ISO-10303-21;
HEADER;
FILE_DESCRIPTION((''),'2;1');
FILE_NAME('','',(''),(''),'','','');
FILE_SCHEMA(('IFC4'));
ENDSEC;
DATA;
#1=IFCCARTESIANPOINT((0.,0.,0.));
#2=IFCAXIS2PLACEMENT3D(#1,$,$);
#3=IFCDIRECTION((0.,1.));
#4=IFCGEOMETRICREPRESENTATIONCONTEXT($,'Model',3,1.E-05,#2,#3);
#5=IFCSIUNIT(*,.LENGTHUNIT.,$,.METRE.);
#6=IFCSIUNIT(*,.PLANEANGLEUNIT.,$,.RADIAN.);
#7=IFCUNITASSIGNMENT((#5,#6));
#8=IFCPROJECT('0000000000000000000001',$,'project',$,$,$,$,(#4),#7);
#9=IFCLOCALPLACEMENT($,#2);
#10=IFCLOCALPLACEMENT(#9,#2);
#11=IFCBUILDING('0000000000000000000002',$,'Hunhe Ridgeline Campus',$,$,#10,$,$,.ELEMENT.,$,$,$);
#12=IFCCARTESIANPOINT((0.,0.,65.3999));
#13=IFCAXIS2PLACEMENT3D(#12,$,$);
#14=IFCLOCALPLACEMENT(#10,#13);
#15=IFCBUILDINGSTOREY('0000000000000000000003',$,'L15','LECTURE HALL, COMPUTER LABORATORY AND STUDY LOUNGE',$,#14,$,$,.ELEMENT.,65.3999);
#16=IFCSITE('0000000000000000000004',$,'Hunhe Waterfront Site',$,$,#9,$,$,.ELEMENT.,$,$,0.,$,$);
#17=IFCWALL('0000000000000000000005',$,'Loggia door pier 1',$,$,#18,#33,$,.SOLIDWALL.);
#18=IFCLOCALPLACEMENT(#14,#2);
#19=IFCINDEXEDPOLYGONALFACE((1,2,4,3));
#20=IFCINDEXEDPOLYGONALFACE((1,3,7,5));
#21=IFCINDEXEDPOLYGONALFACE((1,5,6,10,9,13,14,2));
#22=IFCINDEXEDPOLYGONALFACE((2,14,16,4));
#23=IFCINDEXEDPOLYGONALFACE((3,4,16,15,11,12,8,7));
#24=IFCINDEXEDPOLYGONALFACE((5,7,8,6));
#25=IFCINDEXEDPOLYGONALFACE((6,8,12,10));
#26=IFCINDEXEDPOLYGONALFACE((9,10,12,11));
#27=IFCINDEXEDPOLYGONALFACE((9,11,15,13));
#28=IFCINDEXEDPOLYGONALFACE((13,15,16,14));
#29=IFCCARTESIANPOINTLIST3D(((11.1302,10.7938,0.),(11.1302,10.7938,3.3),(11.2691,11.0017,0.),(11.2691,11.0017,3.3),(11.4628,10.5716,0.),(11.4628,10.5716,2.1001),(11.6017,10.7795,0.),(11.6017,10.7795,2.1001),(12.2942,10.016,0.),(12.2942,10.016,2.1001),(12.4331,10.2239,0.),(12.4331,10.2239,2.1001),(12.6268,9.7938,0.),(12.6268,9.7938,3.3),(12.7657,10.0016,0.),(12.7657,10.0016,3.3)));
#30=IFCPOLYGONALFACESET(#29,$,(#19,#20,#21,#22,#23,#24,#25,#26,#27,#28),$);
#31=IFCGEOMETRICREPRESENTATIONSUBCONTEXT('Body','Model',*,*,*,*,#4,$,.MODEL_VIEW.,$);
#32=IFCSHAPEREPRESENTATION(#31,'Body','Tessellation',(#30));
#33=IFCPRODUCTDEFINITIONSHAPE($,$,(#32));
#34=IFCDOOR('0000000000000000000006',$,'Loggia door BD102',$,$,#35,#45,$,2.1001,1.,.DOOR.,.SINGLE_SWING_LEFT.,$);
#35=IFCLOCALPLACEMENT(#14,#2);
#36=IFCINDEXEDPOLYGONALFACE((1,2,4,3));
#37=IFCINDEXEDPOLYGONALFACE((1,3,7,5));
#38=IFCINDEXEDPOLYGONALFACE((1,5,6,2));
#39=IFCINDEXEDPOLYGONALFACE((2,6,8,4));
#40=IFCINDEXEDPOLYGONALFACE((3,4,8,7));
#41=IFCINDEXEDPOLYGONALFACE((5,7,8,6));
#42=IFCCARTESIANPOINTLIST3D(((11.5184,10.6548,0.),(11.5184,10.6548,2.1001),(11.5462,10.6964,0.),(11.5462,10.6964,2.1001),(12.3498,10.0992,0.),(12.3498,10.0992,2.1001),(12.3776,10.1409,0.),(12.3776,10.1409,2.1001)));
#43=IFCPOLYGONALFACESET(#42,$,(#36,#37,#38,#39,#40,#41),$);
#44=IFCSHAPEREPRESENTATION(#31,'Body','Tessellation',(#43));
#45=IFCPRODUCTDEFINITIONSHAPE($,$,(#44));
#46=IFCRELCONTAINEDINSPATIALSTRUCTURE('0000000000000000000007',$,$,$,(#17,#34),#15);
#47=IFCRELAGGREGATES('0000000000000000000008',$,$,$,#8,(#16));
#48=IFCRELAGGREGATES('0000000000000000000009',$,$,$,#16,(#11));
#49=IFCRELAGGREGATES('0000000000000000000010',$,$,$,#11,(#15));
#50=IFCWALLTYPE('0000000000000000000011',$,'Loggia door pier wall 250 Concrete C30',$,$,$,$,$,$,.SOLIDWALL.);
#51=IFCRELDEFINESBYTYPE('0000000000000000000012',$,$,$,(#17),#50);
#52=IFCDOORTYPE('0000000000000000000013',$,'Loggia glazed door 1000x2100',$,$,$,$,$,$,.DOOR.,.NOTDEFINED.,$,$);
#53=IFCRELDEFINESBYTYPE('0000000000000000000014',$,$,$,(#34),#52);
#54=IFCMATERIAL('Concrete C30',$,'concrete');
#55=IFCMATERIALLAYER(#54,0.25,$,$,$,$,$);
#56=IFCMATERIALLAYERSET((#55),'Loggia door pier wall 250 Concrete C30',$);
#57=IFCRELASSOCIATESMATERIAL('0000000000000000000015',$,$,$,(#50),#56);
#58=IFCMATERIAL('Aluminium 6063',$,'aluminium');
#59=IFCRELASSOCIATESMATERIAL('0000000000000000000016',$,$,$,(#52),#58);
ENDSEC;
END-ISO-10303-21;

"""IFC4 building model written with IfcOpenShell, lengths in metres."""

from ifc_helpers import new_model, si_unit, direction, frame, frame_2d, origin, place, context, subcontext, project, spatial, rectangle, extrude, material, layer, layer_set, type_object, element, fill, save


model = new_model("IFC4")

# Units and contexts
model_context = context("Model", 3, precision=1e-05, world=origin(), true_north=direction((0.0, 1.0)))
body_context = subcontext(model_context, "Body", "Model", "MODEL_VIEW")
ifc_project = project(units=[si_unit("LENGTHUNIT", "METRE"), si_unit("PLANEANGLEUNIT", "RADIAN")], contexts=[model_context])

# Site, building, storey
site_placement = place(None, origin())
site = spatial("IfcSite", under=ifc_project, at=site_placement, Name="Hunhe Waterfront Site", CompositionType="ELEMENT", RefElevation=0.0)
building_placement = place(site_placement, origin())
building = spatial("IfcBuilding", under=site, at=building_placement, Name="Hunhe Ridgeline Campus", CompositionType="ELEMENT")
storey_placement = place(building_placement, frame((0.0, 0.0, 65.3999)))
storey = spatial("IfcBuildingStorey", under=building, at=storey_placement, Name="L15", Description="LECTURE HALL, COMPUTER LABORATORY AND STUDY LOUNGE", CompositionType="ELEMENT", Elevation=65.3999)

# Shared definitions
ifc_material_1 = material(Name="Aluminium 6063", Category="aluminium")

# Wall, opening, door
ifc_material_2 = material(Name="Concrete C30", Category="concrete")
ifc_layer_1 = layer(ifc_material_2, 0.25)
ifc_layer_set_1 = layer_set([ifc_layer_1], Name="Loggia door pier wall 250 Concrete C30")
wall_type_1 = type_object("IfcWallType", Name="Loggia door pier wall 250 Concrete C30", PredefinedType="SOLIDWALL", material=ifc_layer_set_1)
wall_1_placement = place(storey_placement, frame((11.1997, 10.8977, 0.0), z_axis=(0.0, 0.0, 1.0), x_axis=(0.831466, -0.555576, 0.0)))
wall_1 = element("IfcWall", 1, at=wall_1_placement, inside=storey, type_object=wall_type_1, Name="Loggia door pier 1", PredefinedType="SOLIDWALL", context=body_context, shape_type="SweptSolid", body=[
    extrude(rectangle(XDim=1.8, YDim=0.25, at=frame_2d((0.8999, 0.0))), origin(), (0.0, 0.0, 1.0), 3.3),
])
opening_1_placement = place(wall_1_placement, frame((0.3999, 0.0, 0.0)))
opening_1 = element("IfcOpeningElement", 2, at=opening_1_placement, cuts=wall_1, PredefinedType="OPENING", context=body_context, shape_type="SweptSolid", body=[
    extrude(rectangle(XDim=1.0, YDim=2.1001, at=frame_2d((0.5, 1.05))), frame((0.0, 0.125, 0.0), z_axis=(0.0, -1.0, 0.0), x_axis=(1.0, 0.0, 0.0)), (0.0, 0.0, 1.0), 0.25),
])
door_type_1 = type_object("IfcDoorType", Name="Loggia glazed door 1000x2100", OperationType="NOTDEFINED", PredefinedType="DOOR", material=ifc_material_1)
door_1_placement = place(opening_1_placement, frame((1.0, 0.0, 0.0), z_axis=(0.0, 0.0, 1.0), x_axis=(-1.0, 0.0, 0.0)))
door_1 = element("IfcDoor", 3, at=door_1_placement, inside=storey, type_object=door_type_1, Name="Loggia door BD102", OperationType="SINGLE_SWING_LEFT", OverallHeight=2.1001, OverallWidth=1.0, PredefinedType="DOOR", context=body_context, shape_type="SweptSolid", body=[
    extrude(rectangle(XDim=1.0, YDim=2.1001, at=frame_2d((0.5, 1.05))), frame((0.0, 0.0249, 0.0), z_axis=(0.0, -1.0, 0.0), x_axis=(1.0, 0.0, 0.0)), (0.0, 0.0, 1.0), 0.05),
])
fill(opening_1, door_1)

save(model, "model.ifc")
